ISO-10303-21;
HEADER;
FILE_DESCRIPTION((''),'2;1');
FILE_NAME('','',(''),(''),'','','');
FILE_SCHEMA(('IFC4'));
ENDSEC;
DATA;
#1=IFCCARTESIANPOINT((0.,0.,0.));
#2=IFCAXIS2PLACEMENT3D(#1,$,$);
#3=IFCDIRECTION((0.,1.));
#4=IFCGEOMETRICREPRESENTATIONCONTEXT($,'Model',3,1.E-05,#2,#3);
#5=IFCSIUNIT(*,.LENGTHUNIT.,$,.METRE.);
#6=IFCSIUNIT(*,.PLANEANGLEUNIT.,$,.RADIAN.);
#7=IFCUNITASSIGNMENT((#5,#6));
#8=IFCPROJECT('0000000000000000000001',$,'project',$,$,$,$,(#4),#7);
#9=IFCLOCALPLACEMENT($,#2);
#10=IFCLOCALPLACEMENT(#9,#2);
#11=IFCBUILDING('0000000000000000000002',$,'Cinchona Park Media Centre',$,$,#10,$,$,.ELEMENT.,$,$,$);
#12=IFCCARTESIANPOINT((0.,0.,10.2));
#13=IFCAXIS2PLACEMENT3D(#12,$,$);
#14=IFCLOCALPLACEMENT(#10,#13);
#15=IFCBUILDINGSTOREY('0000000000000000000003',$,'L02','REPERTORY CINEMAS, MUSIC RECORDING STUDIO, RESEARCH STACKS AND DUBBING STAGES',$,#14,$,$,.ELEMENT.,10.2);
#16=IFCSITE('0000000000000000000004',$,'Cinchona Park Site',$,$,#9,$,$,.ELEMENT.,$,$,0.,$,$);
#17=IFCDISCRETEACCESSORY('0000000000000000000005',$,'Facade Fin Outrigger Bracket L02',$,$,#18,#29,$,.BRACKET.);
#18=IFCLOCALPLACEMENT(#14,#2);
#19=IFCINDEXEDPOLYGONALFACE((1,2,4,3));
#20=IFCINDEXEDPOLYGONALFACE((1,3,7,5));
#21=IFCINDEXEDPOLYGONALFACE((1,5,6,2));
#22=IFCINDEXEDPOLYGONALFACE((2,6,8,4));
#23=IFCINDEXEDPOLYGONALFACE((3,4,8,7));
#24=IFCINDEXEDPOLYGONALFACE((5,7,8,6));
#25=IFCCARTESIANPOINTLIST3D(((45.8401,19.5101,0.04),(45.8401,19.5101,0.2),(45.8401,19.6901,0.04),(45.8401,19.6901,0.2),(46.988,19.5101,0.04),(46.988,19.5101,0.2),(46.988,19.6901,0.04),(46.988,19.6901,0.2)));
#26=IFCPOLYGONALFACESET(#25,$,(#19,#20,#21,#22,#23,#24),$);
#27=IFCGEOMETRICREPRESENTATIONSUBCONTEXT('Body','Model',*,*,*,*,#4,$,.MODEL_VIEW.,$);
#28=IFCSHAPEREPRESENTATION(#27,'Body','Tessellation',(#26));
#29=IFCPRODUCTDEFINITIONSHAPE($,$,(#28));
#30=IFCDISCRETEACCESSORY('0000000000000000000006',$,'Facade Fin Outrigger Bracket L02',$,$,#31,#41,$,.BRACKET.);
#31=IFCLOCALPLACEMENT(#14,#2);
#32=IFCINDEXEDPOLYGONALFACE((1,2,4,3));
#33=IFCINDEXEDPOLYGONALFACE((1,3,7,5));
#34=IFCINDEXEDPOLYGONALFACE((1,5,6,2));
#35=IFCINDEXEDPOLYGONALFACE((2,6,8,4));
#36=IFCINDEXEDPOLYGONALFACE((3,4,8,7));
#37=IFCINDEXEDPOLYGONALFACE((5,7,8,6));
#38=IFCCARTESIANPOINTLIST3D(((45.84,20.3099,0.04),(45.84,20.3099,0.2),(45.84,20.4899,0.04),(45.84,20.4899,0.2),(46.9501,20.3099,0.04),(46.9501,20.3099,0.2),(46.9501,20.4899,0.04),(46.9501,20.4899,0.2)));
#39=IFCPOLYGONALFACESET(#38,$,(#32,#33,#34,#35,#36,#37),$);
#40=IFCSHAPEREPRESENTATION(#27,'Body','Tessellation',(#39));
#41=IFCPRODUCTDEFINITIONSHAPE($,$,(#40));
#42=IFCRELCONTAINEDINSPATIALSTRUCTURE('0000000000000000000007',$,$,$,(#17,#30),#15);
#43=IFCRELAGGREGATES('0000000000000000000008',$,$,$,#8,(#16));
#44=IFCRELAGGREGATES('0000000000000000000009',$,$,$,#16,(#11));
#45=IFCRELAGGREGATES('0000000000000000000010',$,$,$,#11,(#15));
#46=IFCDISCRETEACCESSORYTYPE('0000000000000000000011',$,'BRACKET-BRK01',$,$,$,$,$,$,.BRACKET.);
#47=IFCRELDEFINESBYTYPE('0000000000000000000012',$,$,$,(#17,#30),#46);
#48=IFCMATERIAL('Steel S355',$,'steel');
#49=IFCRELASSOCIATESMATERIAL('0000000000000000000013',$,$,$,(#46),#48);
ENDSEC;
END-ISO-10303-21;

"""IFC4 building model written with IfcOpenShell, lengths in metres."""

from ifc_helpers import new_model, si_unit, direction, frame, origin, origin_2d, place, context, subcontext, project, spatial, rectangle, extrude, material, type_object, element, save


model = new_model("IFC4")

# Units and contexts
model_context = context("Model", 3, precision=1e-05, world=origin(), true_north=direction((0.0, 1.0)))
body_context = subcontext(model_context, "Body", "Model", "MODEL_VIEW")
ifc_project = project(units=[si_unit("LENGTHUNIT", "METRE"), si_unit("PLANEANGLEUNIT", "RADIAN")], contexts=[model_context])

# Site, building, storey
site_placement = place(None, origin())
site = spatial("IfcSite", under=ifc_project, at=site_placement, Name="Cinchona Park Site", CompositionType="ELEMENT", RefElevation=0.0)
building_placement = place(site_placement, origin())
building = spatial("IfcBuilding", under=site, at=building_placement, Name="Cinchona Park Media Centre", CompositionType="ELEMENT")
storey_placement = place(building_placement, frame((0.0, 0.0, 10.2)))
storey = spatial("IfcBuildingStorey", under=building, at=storey_placement, Name="L02", Description="REPERTORY CINEMAS, MUSIC RECORDING STUDIO, RESEARCH STACKS AND DUBBING STAGES", CompositionType="ELEMENT", Elevation=10.2)

# Discrete accessories
ifc_material_1 = material(Name="Steel S355", Category="steel")
discrete_accessory_type = type_object("IfcDiscreteAccessoryType", Name="BRACKET-BRK01", PredefinedType="BRACKET", material=ifc_material_1)
discrete_accessory_1_placement = place(storey_placement, frame((46.4141, 19.6001, 0.04), z_axis=(0.0, 0.0, 1.0), x_axis=(0.0, 1.0, 0.0)))
element("IfcDiscreteAccessory", 1, at=discrete_accessory_1_placement, inside=storey, type_object=discrete_accessory_type, Name="Facade Fin Outrigger Bracket L02", PredefinedType="BRACKET", context=body_context, shape_type="SweptSolid", body=[
    extrude(rectangle(XDim=0.1799, YDim=1.1479, at=origin_2d()), origin(), (0.0, 0.0, 1.0), 0.1599),
])
discrete_accessory_2_placement = place(storey_placement, frame((46.395, 20.3999, 0.04), z_axis=(0.0, 0.0, 1.0), x_axis=(0.0, 1.0, 0.0)))
element("IfcDiscreteAccessory", 2, at=discrete_accessory_2_placement, inside=storey, type_object=discrete_accessory_type, Name="Facade Fin Outrigger Bracket L02", PredefinedType="BRACKET", context=body_context, shape_type="SweptSolid", body=[
    extrude(rectangle(XDim=0.1799, YDim=1.1101, at=origin_2d()), origin(), (0.0, 0.0, 1.0), 0.1599),
])

save(model, "model.ifc")
